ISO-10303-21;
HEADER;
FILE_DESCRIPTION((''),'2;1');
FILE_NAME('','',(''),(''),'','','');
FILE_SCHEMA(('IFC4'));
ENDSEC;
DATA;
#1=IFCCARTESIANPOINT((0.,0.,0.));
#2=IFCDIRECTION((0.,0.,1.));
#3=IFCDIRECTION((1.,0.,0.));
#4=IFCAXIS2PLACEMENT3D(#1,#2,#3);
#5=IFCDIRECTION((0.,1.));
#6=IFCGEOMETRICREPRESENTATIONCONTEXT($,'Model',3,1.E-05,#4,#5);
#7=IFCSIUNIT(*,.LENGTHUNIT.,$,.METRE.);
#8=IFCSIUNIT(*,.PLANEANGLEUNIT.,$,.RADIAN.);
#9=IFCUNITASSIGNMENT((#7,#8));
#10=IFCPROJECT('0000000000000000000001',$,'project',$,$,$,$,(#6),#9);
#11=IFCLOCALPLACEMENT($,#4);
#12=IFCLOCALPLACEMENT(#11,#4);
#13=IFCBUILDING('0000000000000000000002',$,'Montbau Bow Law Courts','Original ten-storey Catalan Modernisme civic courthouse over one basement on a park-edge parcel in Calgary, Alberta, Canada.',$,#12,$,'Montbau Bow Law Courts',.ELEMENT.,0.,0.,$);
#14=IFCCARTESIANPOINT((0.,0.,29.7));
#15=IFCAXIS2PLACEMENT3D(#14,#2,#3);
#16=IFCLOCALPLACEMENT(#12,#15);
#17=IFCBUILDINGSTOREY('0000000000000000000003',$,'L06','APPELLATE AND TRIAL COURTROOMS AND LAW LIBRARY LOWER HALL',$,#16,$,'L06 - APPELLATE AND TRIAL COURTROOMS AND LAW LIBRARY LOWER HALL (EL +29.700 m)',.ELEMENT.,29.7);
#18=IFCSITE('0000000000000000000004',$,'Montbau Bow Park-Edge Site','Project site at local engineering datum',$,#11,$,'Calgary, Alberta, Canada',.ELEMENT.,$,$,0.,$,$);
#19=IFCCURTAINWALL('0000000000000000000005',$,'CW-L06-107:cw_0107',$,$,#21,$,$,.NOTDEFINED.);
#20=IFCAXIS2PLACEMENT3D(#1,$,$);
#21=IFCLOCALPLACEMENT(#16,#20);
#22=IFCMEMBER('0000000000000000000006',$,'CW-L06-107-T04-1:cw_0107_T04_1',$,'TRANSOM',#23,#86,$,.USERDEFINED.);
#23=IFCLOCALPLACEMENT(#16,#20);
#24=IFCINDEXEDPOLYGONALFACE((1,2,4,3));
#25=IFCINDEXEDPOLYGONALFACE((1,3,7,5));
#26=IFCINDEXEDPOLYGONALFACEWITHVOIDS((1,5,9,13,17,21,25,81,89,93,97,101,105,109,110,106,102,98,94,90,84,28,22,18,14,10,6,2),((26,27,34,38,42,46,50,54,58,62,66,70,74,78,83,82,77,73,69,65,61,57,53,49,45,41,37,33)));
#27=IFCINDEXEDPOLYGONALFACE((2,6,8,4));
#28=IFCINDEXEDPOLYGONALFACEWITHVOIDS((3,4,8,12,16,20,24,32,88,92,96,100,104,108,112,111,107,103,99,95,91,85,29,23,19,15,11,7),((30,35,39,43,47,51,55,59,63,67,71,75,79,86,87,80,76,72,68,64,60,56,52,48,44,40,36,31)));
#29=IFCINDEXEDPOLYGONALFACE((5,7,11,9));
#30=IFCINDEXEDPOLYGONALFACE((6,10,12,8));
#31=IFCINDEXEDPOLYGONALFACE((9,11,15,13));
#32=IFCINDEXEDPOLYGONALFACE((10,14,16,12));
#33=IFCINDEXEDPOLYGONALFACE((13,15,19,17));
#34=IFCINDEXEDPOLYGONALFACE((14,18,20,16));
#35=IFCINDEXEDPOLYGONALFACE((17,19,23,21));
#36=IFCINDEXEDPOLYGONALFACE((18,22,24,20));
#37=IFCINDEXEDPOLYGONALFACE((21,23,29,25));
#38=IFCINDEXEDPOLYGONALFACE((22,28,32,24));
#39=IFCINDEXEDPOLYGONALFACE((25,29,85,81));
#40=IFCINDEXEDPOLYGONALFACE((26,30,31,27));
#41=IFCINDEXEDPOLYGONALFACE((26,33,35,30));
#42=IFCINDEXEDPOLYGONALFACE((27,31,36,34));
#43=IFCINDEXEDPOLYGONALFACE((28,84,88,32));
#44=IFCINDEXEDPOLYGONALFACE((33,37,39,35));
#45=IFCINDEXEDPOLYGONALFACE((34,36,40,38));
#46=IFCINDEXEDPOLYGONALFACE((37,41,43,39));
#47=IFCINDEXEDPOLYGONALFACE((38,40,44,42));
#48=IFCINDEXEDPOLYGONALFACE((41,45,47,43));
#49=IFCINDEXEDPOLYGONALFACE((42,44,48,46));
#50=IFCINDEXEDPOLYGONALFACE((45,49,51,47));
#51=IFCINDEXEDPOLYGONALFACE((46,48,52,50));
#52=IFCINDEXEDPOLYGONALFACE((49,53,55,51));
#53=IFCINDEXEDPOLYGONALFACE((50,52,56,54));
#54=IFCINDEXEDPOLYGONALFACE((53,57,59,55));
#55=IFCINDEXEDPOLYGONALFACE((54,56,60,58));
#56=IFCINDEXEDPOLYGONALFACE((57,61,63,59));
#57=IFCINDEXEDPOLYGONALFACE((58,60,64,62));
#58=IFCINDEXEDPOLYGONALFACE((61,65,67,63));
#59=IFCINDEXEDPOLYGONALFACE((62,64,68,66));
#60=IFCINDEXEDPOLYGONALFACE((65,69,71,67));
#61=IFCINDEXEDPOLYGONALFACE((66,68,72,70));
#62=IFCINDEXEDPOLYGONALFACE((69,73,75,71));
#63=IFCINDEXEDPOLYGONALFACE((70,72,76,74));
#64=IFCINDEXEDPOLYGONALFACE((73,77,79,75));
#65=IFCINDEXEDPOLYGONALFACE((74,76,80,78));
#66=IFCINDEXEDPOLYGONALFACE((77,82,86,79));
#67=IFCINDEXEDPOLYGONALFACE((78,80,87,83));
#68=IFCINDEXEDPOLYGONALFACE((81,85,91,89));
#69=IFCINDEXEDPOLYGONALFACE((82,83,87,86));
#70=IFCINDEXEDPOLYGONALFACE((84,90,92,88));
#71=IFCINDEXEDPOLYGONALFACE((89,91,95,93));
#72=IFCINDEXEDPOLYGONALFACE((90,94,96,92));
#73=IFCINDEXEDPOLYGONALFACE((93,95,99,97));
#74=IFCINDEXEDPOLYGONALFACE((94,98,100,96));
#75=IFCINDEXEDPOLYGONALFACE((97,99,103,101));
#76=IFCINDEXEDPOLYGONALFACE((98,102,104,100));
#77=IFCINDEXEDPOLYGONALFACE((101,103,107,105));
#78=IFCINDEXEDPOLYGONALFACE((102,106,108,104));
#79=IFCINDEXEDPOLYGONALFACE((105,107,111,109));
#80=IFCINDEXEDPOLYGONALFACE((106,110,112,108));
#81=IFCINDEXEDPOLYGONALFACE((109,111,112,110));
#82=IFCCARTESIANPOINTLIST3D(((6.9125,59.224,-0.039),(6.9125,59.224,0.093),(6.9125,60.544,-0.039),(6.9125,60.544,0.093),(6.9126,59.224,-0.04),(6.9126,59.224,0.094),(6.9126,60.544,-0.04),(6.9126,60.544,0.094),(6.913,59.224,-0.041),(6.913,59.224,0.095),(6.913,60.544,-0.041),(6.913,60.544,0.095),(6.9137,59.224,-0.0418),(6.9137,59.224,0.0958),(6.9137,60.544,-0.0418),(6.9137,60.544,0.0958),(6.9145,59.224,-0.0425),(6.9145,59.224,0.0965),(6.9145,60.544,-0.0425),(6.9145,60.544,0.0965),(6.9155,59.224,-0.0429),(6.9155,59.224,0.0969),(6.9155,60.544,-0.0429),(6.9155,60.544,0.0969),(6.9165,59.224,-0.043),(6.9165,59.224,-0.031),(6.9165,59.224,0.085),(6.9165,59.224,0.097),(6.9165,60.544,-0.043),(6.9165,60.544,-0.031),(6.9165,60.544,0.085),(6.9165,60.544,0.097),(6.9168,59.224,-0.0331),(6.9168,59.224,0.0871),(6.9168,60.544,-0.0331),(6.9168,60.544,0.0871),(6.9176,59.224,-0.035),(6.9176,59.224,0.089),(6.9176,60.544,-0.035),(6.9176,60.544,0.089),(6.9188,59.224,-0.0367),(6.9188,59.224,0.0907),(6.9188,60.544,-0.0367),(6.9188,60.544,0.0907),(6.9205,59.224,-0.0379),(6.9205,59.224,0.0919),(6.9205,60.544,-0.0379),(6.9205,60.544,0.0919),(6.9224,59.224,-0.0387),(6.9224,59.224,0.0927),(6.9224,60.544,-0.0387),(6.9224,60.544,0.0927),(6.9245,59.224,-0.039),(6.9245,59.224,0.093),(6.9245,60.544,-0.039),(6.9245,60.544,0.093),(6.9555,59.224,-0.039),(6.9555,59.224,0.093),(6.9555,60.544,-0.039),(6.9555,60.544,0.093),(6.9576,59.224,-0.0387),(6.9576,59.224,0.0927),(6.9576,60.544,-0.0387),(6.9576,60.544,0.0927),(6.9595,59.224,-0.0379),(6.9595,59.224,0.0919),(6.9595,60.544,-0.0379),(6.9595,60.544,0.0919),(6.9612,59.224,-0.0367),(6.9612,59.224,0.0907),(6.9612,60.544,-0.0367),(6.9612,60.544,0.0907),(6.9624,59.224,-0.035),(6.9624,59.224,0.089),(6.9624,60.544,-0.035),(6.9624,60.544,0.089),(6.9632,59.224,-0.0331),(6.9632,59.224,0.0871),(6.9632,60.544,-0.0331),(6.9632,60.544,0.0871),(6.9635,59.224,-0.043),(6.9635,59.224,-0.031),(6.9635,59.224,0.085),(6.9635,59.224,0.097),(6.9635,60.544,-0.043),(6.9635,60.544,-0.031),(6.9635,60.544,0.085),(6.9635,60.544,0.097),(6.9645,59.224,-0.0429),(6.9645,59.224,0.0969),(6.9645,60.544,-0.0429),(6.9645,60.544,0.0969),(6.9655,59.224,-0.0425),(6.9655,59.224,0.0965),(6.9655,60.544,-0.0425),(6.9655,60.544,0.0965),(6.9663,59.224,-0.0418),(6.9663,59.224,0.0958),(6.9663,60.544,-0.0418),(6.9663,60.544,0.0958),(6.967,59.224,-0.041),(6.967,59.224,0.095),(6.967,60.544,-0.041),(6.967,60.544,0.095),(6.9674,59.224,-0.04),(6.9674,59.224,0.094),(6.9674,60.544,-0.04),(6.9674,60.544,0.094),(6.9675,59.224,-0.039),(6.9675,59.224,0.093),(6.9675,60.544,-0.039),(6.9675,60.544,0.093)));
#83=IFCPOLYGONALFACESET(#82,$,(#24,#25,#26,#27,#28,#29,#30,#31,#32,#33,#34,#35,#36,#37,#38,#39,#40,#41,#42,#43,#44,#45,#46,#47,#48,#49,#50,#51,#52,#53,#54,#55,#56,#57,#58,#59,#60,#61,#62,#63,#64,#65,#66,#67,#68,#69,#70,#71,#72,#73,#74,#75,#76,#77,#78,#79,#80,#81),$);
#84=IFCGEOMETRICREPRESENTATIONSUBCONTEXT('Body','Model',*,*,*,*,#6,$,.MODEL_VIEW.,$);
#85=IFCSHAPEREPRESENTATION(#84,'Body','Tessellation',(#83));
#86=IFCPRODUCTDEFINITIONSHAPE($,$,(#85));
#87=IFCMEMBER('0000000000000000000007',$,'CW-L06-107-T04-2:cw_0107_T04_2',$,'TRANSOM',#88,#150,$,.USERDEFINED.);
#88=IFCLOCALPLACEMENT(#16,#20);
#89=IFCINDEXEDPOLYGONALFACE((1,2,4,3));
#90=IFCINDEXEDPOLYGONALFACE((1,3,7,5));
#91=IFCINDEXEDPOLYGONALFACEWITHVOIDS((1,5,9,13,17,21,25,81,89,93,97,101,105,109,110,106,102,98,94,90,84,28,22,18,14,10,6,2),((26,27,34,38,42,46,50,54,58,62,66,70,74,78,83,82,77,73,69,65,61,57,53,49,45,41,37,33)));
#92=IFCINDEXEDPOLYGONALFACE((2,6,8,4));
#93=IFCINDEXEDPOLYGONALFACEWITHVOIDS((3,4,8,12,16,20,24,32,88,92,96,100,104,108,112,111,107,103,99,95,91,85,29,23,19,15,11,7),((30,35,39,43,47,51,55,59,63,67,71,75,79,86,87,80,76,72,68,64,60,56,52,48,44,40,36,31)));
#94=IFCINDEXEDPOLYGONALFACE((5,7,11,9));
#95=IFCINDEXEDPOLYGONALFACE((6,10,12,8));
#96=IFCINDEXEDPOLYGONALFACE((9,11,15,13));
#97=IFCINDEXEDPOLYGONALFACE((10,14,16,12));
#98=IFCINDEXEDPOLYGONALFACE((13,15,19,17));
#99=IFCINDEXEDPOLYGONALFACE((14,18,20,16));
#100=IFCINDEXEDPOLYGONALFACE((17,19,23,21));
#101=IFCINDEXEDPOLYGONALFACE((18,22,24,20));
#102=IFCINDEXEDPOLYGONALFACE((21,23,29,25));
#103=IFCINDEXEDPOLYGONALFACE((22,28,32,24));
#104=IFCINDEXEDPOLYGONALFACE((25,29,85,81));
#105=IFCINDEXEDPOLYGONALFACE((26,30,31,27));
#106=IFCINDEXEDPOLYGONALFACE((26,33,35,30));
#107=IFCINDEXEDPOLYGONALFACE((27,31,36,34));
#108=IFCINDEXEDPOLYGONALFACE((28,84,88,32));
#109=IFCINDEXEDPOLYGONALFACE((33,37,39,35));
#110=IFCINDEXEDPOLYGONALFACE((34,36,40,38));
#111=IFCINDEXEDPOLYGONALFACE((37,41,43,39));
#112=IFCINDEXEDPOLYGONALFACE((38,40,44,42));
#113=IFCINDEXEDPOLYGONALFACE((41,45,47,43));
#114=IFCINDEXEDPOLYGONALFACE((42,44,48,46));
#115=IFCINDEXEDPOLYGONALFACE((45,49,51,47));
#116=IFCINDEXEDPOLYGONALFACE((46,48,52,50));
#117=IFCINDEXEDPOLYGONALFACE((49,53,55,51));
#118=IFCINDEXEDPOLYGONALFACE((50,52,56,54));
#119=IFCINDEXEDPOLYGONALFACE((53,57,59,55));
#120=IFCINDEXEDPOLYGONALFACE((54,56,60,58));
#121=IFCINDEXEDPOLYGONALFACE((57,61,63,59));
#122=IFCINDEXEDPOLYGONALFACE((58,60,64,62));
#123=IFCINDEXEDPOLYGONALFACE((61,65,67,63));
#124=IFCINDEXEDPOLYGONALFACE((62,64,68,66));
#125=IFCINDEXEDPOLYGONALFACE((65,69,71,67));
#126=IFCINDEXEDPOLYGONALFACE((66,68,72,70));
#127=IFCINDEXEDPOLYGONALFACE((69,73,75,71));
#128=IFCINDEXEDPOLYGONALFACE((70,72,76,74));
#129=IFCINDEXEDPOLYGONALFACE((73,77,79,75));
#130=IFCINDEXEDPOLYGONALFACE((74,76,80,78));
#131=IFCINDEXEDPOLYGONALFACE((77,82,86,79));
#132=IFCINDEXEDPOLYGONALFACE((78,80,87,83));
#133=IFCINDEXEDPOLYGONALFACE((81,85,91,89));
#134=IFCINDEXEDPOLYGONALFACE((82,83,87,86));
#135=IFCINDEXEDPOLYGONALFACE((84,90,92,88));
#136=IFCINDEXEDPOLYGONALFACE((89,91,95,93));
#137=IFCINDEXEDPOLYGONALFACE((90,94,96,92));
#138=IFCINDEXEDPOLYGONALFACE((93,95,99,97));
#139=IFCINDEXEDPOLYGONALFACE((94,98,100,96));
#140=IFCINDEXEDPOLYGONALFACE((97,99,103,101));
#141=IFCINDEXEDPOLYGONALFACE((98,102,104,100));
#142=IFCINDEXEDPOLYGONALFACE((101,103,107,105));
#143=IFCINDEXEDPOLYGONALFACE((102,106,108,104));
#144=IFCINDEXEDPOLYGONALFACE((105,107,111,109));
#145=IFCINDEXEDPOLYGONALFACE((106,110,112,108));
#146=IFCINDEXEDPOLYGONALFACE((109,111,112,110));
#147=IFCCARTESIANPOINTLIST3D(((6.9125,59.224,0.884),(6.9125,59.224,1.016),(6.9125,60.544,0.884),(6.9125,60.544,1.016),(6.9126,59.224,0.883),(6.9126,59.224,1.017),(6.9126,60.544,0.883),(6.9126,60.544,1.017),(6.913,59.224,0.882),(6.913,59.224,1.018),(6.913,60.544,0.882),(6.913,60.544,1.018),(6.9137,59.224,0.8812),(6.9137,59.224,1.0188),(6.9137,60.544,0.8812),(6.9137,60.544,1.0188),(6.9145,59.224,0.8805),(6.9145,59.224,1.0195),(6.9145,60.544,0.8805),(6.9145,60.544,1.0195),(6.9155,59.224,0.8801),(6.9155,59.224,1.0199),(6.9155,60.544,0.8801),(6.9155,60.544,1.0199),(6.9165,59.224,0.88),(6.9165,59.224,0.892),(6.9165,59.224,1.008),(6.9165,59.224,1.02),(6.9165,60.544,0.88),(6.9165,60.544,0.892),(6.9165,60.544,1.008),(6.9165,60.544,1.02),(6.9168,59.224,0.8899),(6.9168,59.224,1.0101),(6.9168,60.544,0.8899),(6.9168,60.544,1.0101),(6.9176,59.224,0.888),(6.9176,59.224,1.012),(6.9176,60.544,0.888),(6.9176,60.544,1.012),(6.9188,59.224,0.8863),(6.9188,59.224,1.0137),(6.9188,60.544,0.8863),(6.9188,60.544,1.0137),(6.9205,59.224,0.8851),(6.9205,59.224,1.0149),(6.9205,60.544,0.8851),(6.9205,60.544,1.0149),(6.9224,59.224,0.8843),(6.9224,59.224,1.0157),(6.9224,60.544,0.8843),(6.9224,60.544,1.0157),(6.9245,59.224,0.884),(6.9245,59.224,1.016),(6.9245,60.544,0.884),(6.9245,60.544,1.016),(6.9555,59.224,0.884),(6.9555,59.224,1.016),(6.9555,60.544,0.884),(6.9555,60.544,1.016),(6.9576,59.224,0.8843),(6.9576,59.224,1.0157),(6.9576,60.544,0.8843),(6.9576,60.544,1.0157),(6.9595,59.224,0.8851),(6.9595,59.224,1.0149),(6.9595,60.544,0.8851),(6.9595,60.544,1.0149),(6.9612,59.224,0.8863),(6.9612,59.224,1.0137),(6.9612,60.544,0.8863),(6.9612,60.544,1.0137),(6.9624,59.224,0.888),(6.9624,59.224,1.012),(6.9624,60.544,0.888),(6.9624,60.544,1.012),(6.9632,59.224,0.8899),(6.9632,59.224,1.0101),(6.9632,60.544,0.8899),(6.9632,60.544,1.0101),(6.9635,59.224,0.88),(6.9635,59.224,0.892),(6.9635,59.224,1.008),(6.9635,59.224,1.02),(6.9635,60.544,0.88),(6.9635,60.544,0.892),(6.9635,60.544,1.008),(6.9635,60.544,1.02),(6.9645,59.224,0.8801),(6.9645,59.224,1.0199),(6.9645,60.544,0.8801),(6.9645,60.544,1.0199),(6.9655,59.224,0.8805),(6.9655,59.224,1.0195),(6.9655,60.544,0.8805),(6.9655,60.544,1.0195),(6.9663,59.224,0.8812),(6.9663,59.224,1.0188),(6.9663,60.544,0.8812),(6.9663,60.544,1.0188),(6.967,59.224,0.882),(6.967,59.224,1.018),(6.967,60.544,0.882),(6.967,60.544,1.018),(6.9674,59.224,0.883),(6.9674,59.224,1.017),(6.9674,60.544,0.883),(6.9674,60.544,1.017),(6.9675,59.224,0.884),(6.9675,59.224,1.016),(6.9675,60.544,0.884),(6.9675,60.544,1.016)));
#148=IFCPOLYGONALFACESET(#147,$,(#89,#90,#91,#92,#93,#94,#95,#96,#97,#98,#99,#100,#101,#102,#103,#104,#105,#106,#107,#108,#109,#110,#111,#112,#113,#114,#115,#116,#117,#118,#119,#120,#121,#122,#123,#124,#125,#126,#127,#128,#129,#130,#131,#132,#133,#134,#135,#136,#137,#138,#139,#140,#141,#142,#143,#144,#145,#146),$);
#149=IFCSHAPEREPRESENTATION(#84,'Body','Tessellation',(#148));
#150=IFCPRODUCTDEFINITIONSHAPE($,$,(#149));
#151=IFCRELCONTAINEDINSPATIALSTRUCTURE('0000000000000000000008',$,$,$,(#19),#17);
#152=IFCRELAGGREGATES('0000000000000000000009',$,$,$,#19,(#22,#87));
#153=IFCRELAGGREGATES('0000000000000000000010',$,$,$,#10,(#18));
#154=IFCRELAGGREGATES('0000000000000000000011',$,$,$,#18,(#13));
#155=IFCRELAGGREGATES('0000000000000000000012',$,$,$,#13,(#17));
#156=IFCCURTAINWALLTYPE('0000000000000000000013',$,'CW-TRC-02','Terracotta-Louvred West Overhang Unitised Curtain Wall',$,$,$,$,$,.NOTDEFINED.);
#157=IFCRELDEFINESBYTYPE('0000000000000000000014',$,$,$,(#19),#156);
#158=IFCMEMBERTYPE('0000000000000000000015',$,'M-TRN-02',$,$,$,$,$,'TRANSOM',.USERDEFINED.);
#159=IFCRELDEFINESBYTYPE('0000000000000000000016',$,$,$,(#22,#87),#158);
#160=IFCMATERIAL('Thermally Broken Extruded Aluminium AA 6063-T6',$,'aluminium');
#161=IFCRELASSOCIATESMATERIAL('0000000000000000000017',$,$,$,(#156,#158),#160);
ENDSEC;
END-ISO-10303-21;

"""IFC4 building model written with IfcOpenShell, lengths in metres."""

from ifc_helpers import new_model, si_unit, direction, frame, origin_with_axes, origin_2d_with_axis, place, context, subcontext, project, spatial, hollow_rectangle, extrude, material, material_profile, profile_set, type_object, element, aggregate, save


model = new_model("IFC4")

# Units and contexts
model_context = context("Model", 3, precision=1e-05, world=origin_with_axes(), true_north=direction((0.0, 1.0)))
body_context = subcontext(model_context, "Body", "Model", "MODEL_VIEW")
ifc_project = project(units=[si_unit("LENGTHUNIT", "METRE"), si_unit("PLANEANGLEUNIT", "RADIAN")], contexts=[model_context])

# Site, building, storey
site_placement = place(None, origin_with_axes())
site = spatial("IfcSite", under=ifc_project, at=site_placement, Name="Montbau Bow Park-Edge Site", Description="Project site at local engineering datum", LongName="Calgary, Alberta, Canada", CompositionType="ELEMENT", RefElevation=0.0)
building_placement = place(site_placement, origin_with_axes())
building = spatial("IfcBuilding", under=site, at=building_placement, Name="Montbau Bow Law Courts", Description="Original ten-storey Catalan Modernisme civic courthouse over one basement on a park-edge parcel in Calgary, Alberta, Canada.", LongName="Montbau Bow Law Courts", CompositionType="ELEMENT", ElevationOfRefHeight=0.0, ElevationOfTerrain=0.0)
storey_placement = place(building_placement, frame((0.0, 0.0, 29.7), z_axis=(0.0, 0.0, 1.0), x_axis=(1.0, 0.0, 0.0)))
storey = spatial("IfcBuildingStorey", under=building, at=storey_placement, Name="L06", Description="APPELLATE AND TRIAL COURTROOMS AND LAW LIBRARY LOWER HALL", LongName="L06 - APPELLATE AND TRIAL COURTROOMS AND LAW LIBRARY LOWER HALL (EL +29.700 m)", CompositionType="ELEMENT", Elevation=29.7)

# Curtain wall, members
ifc_material_1 = material(Name="Thermally Broken Extruded Aluminium AA 6063-T6", Category="aluminium")
curtain_wall_type = type_object("IfcCurtainWallType", Name="CW-TRC-02", Description="Terracotta-Louvred West Overhang Unitised Curtain Wall", PredefinedType="NOTDEFINED", material=ifc_material_1)
curtain_wall_placement = place(None, frame((6.94, 55.04, 29.7), z_axis=(0.0, 0.0, 1.0), x_axis=(1.0, 0.0, 0.0)))
curtain_wall = element("IfcCurtainWall", 1, at=curtain_wall_placement, inside=storey, type_object=curtain_wall_type, Name="CW-L06-107:cw_0107", PredefinedType="NOTDEFINED")
ifc_material_profile_1 = material_profile(ifc_material_1, hollow_rectangle(XDim=0.055, YDim=0.14, WallThickness=0.004, InnerFilletRadius=0.008, OuterFilletRadius=0.004, at=origin_2d_with_axis()), Name="CWT-140X55", Category="Main", Priority=0)
ifc_profile_set_1 = profile_set([ifc_material_profile_1], Name="Thermally Broken Extruded Aluminium AA 6063-T6")
member_type_1 = type_object("IfcMemberType", Name="M-TRN-02", ElementType="TRANSOM", PredefinedType="USERDEFINED", material=ifc_profile_set_1)
member_1_placement = place(None, frame((6.94, 59.224, 29.727), z_axis=(0.0, 1.0, 0.0), x_axis=(-1.0, 0.0, 0.0)))
member_1 = element("IfcMember", 2, at=member_1_placement, type_object=member_type_1, Name="CW-L06-107-T04-1:cw_0107_T04_1", ObjectType="TRANSOM", PredefinedType="USERDEFINED", context=body_context, shape_type="SweptSolid", body=[
    extrude(hollow_rectangle(XDim=0.055, YDim=0.14, WallThickness=0.004, InnerFilletRadius=0.008, OuterFilletRadius=0.004, at=origin_2d_with_axis()), origin_with_axes(), (0.0, 0.0, 1.0), 1.32),
])
member_2_placement = place(None, frame((6.94, 59.224, 30.65), z_axis=(0.0, 1.0, 0.0), x_axis=(-1.0, 0.0, 0.0)))
member_2 = element("IfcMember", 3, at=member_2_placement, type_object=member_type_1, Name="CW-L06-107-T04-2:cw_0107_T04_2", ObjectType="TRANSOM", PredefinedType="USERDEFINED", context=body_context, shape_type="SweptSolid", body=[
    extrude(hollow_rectangle(XDim=0.055, YDim=0.14, WallThickness=0.004, InnerFilletRadius=0.008, OuterFilletRadius=0.004, at=origin_2d_with_axis()), origin_with_axes(), (0.0, 0.0, 1.0), 1.32),
])
aggregate(curtain_wall, [member_1, member_2])

save(model, "model.ifc")
